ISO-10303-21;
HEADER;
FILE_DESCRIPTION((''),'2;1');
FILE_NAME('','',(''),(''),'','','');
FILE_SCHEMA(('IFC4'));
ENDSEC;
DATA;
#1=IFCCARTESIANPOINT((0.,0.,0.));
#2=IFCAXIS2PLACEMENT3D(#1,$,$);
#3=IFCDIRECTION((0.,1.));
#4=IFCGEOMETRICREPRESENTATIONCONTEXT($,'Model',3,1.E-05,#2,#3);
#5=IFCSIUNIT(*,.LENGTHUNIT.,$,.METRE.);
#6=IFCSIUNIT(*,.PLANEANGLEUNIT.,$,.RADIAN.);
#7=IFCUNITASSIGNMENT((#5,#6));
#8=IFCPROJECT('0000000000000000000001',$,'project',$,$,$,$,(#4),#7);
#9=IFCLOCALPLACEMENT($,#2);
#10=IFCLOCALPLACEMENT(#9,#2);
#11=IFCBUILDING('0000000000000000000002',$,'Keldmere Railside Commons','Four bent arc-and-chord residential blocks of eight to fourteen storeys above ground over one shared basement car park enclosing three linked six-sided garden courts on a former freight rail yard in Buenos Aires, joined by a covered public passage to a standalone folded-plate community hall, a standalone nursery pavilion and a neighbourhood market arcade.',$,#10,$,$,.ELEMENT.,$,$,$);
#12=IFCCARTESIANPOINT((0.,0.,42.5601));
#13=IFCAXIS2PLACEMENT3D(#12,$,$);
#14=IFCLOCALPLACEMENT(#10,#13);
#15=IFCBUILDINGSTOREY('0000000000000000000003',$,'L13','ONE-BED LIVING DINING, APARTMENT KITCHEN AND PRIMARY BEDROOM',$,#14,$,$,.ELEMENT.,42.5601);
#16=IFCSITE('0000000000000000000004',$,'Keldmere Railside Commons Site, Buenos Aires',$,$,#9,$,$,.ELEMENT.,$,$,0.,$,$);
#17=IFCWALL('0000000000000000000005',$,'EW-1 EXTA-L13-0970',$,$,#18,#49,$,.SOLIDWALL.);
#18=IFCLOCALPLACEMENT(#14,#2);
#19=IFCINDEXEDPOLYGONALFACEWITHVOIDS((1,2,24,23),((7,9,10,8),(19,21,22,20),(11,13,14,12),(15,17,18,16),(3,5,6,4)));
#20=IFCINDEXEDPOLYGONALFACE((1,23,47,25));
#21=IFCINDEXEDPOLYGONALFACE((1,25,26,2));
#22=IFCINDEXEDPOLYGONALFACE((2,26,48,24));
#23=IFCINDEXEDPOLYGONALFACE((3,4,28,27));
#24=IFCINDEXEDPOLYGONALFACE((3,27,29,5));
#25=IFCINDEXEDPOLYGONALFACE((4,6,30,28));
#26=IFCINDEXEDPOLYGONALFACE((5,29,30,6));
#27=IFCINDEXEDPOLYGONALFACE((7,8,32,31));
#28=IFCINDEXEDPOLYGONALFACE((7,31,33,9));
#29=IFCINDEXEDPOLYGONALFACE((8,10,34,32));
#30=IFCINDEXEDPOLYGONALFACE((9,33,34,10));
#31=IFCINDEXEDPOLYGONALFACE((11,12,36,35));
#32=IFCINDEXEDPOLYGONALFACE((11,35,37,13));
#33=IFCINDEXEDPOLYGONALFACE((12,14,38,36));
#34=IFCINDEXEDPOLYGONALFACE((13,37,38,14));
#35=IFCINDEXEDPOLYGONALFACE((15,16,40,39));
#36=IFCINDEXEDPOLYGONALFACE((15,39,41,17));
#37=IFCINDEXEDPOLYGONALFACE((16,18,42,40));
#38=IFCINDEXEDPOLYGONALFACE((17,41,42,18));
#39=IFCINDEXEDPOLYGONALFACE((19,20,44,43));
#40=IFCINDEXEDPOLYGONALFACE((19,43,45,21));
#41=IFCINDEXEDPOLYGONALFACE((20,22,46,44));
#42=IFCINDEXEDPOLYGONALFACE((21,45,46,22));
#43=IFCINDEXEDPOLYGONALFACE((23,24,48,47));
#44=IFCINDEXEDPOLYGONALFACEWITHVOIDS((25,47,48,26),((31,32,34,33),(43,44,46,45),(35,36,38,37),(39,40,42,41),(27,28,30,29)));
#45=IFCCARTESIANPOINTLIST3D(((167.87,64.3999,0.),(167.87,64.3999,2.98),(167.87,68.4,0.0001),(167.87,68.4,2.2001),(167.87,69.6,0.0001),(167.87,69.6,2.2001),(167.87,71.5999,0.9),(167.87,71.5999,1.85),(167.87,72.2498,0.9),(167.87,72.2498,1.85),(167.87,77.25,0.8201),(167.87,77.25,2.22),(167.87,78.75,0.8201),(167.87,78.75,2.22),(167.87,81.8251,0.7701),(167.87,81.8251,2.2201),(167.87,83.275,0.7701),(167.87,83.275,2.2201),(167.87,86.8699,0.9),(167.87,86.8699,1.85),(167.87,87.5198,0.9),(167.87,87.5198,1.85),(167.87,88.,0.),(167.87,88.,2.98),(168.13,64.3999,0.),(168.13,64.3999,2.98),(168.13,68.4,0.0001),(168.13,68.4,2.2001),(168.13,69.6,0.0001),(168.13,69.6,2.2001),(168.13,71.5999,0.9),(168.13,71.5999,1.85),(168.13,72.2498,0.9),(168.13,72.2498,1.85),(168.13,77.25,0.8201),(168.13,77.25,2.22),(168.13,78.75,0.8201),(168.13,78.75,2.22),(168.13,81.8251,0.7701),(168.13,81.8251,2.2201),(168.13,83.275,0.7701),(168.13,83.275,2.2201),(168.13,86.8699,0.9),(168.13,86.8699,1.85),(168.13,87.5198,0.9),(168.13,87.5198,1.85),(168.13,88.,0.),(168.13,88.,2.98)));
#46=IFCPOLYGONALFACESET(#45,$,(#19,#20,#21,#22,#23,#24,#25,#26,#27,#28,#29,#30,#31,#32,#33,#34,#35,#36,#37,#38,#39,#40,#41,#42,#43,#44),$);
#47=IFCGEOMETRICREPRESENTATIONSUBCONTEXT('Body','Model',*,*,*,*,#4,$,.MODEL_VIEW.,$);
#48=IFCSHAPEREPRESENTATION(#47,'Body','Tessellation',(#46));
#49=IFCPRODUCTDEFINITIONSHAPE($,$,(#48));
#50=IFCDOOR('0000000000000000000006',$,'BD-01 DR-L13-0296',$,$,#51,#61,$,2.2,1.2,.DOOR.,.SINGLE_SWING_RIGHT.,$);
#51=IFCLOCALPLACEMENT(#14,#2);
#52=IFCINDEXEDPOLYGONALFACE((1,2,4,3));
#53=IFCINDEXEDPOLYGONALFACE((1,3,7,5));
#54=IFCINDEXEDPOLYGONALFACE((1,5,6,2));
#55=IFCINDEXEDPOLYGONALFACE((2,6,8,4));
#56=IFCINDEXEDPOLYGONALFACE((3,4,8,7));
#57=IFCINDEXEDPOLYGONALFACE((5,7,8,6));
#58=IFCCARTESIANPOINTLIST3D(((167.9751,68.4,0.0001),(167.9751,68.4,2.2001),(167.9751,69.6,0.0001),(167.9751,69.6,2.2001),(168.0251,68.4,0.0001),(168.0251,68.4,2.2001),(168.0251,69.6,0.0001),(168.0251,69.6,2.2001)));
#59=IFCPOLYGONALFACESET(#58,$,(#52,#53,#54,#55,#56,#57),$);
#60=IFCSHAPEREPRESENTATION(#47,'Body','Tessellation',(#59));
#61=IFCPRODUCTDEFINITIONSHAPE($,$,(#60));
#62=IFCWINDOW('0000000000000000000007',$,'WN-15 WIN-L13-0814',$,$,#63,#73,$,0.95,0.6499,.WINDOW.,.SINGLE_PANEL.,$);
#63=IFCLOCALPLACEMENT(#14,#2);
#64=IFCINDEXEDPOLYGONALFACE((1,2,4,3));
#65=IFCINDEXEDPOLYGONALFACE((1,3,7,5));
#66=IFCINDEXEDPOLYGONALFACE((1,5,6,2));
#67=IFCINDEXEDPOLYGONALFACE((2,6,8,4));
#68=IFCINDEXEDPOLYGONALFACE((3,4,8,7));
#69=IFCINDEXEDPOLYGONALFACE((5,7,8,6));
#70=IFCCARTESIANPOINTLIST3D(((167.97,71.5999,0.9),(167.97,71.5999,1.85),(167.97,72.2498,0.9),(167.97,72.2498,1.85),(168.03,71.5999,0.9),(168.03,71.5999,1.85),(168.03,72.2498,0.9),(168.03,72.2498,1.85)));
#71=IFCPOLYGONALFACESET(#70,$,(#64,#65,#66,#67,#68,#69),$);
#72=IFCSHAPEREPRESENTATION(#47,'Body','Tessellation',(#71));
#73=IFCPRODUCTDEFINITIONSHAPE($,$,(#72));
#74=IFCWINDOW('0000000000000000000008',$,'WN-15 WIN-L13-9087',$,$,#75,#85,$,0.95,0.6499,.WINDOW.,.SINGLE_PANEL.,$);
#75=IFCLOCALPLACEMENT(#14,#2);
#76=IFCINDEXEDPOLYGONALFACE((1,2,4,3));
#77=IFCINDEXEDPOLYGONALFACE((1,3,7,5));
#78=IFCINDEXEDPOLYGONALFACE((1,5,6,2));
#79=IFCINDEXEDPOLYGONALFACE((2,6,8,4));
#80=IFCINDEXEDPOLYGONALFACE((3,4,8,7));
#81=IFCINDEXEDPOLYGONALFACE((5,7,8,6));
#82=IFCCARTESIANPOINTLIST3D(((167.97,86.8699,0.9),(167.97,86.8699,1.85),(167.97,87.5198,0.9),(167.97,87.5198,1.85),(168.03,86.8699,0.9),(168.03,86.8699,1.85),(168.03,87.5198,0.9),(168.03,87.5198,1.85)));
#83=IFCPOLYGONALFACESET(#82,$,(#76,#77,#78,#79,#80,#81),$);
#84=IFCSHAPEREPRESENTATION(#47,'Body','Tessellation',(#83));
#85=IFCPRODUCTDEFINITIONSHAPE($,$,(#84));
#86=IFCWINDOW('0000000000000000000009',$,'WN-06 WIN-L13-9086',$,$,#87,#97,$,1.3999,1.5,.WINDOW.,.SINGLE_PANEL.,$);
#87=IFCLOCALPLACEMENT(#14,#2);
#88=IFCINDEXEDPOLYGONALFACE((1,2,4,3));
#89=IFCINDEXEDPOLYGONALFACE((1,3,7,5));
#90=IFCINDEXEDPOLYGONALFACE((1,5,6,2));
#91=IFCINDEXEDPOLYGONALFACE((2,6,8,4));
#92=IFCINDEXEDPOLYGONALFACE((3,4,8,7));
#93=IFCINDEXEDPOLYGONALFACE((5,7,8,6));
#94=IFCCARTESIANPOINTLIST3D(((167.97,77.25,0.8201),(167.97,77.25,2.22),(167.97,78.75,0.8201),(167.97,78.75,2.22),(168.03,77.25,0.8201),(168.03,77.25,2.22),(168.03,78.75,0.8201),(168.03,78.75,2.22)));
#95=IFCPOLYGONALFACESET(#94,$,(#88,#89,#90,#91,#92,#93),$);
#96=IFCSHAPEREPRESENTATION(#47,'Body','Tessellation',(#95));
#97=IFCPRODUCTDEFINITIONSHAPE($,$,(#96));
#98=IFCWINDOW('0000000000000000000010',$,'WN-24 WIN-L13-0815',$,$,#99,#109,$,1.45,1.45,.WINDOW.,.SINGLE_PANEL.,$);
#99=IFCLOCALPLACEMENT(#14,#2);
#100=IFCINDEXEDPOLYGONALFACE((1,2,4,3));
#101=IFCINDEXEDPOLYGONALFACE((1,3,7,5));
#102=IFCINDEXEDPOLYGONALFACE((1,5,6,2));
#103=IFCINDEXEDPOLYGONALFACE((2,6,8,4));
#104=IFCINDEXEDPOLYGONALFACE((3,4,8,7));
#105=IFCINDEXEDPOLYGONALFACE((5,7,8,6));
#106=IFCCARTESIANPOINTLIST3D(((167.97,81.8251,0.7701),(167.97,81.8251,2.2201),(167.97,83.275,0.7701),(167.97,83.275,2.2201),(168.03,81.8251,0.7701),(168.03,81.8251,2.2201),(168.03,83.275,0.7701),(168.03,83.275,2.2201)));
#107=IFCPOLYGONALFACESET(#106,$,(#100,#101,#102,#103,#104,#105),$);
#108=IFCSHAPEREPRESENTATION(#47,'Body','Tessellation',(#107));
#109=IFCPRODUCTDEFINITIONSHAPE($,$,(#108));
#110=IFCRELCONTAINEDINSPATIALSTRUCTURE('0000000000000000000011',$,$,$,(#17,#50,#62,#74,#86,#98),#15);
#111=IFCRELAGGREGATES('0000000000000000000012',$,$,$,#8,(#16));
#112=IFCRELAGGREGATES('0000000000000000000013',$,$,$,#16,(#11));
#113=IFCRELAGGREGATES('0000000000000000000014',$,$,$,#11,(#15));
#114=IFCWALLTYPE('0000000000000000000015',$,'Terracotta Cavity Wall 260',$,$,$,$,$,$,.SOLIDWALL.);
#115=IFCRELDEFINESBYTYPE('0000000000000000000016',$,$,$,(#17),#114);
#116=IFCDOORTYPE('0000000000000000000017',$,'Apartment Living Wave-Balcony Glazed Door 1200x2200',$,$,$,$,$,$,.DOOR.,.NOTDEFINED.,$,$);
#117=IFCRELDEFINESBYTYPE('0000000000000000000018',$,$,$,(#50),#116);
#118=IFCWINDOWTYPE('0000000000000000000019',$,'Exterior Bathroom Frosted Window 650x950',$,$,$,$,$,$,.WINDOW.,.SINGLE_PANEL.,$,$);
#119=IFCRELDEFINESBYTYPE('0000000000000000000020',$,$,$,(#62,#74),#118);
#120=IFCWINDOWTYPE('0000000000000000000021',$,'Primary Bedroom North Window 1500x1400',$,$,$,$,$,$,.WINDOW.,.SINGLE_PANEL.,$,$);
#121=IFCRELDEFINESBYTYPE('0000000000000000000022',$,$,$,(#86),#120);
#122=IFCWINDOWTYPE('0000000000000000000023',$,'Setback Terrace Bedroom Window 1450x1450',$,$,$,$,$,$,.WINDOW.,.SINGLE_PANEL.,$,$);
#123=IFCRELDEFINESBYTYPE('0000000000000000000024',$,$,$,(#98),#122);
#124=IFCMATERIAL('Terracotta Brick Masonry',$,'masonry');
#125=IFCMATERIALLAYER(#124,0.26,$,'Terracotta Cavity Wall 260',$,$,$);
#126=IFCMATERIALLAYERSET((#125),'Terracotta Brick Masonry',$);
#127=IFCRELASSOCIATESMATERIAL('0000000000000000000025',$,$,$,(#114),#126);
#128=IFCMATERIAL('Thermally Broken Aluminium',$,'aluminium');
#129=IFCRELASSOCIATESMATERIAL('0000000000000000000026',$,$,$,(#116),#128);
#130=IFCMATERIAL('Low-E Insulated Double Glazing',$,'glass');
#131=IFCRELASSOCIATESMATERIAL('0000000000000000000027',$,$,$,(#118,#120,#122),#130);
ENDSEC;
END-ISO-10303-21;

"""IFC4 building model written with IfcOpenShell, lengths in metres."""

from ifc_helpers import new_model, si_unit, direction, frame, frame_2d, origin, place, context, subcontext, project, spatial, rectangle, extrude, material, layer, layer_set, type_object, element, fill, save


model = new_model("IFC4")

# Units and contexts
model_context = context("Model", 3, precision=1e-05, world=origin(), true_north=direction((0.0, 1.0)))
body_context = subcontext(model_context, "Body", "Model", "MODEL_VIEW")
ifc_project = project(units=[si_unit("LENGTHUNIT", "METRE"), si_unit("PLANEANGLEUNIT", "RADIAN")], contexts=[model_context])

# Site, building, storey
site_placement = place(None, origin())
site = spatial("IfcSite", under=ifc_project, at=site_placement, Name="Keldmere Railside Commons Site, Buenos Aires", CompositionType="ELEMENT", RefElevation=0.0)
building_placement = place(site_placement, origin())
building = spatial("IfcBuilding", under=site, at=building_placement, Name="Keldmere Railside Commons", Description="Four bent arc-and-chord residential blocks of eight to fourteen storeys above ground over one shared basement car park enclosing three linked six-sided garden courts on a former freight rail yard in Buenos Aires, joined by a covered public passage to a standalone folded-plate community hall, a standalone nursery pavilion and a neighbourhood market arcade.", CompositionType="ELEMENT")
storey_placement = place(building_placement, frame((0.0, 0.0, 42.5601)))
storey = spatial("IfcBuildingStorey", under=building, at=storey_placement, Name="L13", Description="ONE-BED LIVING DINING, APARTMENT KITCHEN AND PRIMARY BEDROOM", CompositionType="ELEMENT", Elevation=42.5601)

# Wall, openings, door, windows
ifc_material_1 = material(Name="Terracotta Brick Masonry", Category="masonry")
ifc_layer_1 = layer(ifc_material_1, 0.26, Name="Terracotta Cavity Wall 260")
ifc_layer_set_1 = layer_set([ifc_layer_1], Name="Terracotta Brick Masonry")
wall_type_1 = type_object("IfcWallType", Name="Terracotta Cavity Wall 260", PredefinedType="SOLIDWALL", material=ifc_layer_set_1)
wall_1_placement = place(storey_placement, frame((168.0, 64.3999, 0.0), z_axis=(0.0, 0.0, 1.0), x_axis=(0.0, 1.0, 0.0)))
wall_1 = element("IfcWall", 1, at=wall_1_placement, inside=storey, type_object=wall_type_1, Name="EW-1 EXTA-L13-0970", PredefinedType="SOLIDWALL", context=body_context, shape_type="SweptSolid", body=[
    extrude(rectangle(XDim=23.6001, YDim=0.26, at=frame_2d((11.8, 0.0))), origin(), (0.0, 0.0, 1.0), 2.98),
])
opening_1_placement = place(wall_1_placement, frame((4.0, 0.0, 0.0)))
opening_1 = element("IfcOpeningElement", 2, at=opening_1_placement, cuts=wall_1, PredefinedType="OPENING", context=body_context, shape_type="SweptSolid", body=[
    extrude(rectangle(XDim=1.2, YDim=2.2, at=frame_2d((0.6001, 1.1001))), frame((0.0, 0.1399, 0.0), z_axis=(0.0, -1.0, 0.0), x_axis=(1.0, 0.0, 0.0)), (0.0, 0.0, 1.0), 0.28),
])
opening_2_placement = place(wall_1_placement, frame((7.2, 0.0, 0.8999)))
opening_2 = element("IfcOpeningElement", 3, at=opening_2_placement, cuts=wall_1, PredefinedType="OPENING", context=body_context, shape_type="SweptSolid", body=[
    extrude(rectangle(XDim=0.6499, YDim=0.95, at=frame_2d((0.325, 0.4751))), frame((0.0, 0.1399, 0.0), z_axis=(0.0, -1.0, 0.0), x_axis=(1.0, 0.0, 0.0)), (0.0, 0.0, 1.0), 0.28),
])
opening_3_placement = place(wall_1_placement, frame((17.425, 0.0, 0.77)))
opening_3 = element("IfcOpeningElement", 4, at=opening_3_placement, cuts=wall_1, PredefinedType="OPENING", context=body_context, shape_type="SweptSolid", body=[
    extrude(rectangle(XDim=1.45, YDim=1.45, at=frame_2d((0.7251, 0.7251))), frame((0.0, 0.1399, 0.0), z_axis=(0.0, -1.0, 0.0), x_axis=(1.0, 0.0, 0.0)), (0.0, 0.0, 1.0), 0.28),
])
opening_4_placement = place(wall_1_placement, frame((12.8501, 0.0, 0.8201)))
opening_4 = element("IfcOpeningElement", 5, at=opening_4_placement, cuts=wall_1, PredefinedType="OPENING", context=body_context, shape_type="SweptSolid", body=[
    extrude(rectangle(XDim=1.5, YDim=1.3999, at=frame_2d((0.75, 0.7))), frame((0.0, 0.1399, 0.0), z_axis=(0.0, -1.0, 0.0), x_axis=(1.0, 0.0, 0.0)), (0.0, 0.0, 1.0), 0.28),
])
opening_5_placement = place(wall_1_placement, frame((22.47, 0.0, 0.8999)))
opening_5 = element("IfcOpeningElement", 6, at=opening_5_placement, cuts=wall_1, PredefinedType="OPENING", context=body_context, shape_type="SweptSolid", body=[
    extrude(rectangle(XDim=0.6499, YDim=0.95, at=frame_2d((0.325, 0.4751))), frame((0.0, 0.1399, 0.0), z_axis=(0.0, -1.0, 0.0), x_axis=(1.0, 0.0, 0.0)), (0.0, 0.0, 1.0), 0.28),
])
ifc_material_2 = material(Name="Thermally Broken Aluminium", Category="aluminium")
door_type_1 = type_object("IfcDoorType", Name="Apartment Living Wave-Balcony Glazed Door 1200x2200", OperationType="NOTDEFINED", PredefinedType="DOOR", material=ifc_material_2)
door_1_placement = place(opening_1_placement, origin())
door_1 = element("IfcDoor", 7, at=door_1_placement, inside=storey, type_object=door_type_1, Name="BD-01 DR-L13-0296", OperationType="SINGLE_SWING_RIGHT", OverallHeight=2.2, OverallWidth=1.2, PredefinedType="DOOR", context=body_context, shape_type="SweptSolid", body=[
    extrude(rectangle(XDim=1.2, YDim=2.2, at=frame_2d((0.6001, 1.1001))), frame((0.0, 0.0249, 0.0), z_axis=(0.0, -1.0, 0.0), x_axis=(1.0, 0.0, 0.0)), (0.0, 0.0, 1.0), 0.05),
])
fill(opening_1, door_1)
ifc_material_3 = material(Name="Low-E Insulated Double Glazing", Category="glass")
window_type_1 = type_object("IfcWindowType", Name="Exterior Bathroom Frosted Window 650x950", PartitioningType="SINGLE_PANEL", PredefinedType="WINDOW", material=ifc_material_3)
window_1_placement = place(opening_2_placement, origin())
window_1 = element("IfcWindow", 8, at=window_1_placement, inside=storey, type_object=window_type_1, Name="WN-15 WIN-L13-0814", OverallHeight=0.95, OverallWidth=0.6499, PartitioningType="SINGLE_PANEL", PredefinedType="WINDOW", context=body_context, shape_type="SweptSolid", body=[
    extrude(rectangle(XDim=0.6499, YDim=0.95, at=frame_2d((0.325, 0.4751))), frame((0.0, 0.03, 0.0), z_axis=(0.0, -1.0, 0.0), x_axis=(1.0, 0.0, 0.0)), (0.0, 0.0, 1.0), 0.0601),
])
fill(opening_2, window_1)
window_2_placement = place(opening_5_placement, origin())
window_2 = element("IfcWindow", 9, at=window_2_placement, inside=storey, type_object=window_type_1, Name="WN-15 WIN-L13-9087", OverallHeight=0.95, OverallWidth=0.6499, PartitioningType="SINGLE_PANEL", PredefinedType="WINDOW", context=body_context, shape_type="SweptSolid", body=[
    extrude(rectangle(XDim=0.6499, YDim=0.95, at=frame_2d((0.325, 0.4751))), frame((0.0, 0.03, 0.0), z_axis=(0.0, -1.0, 0.0), x_axis=(1.0, 0.0, 0.0)), (0.0, 0.0, 1.0), 0.0601),
])
fill(opening_5, window_2)
window_type_2 = type_object("IfcWindowType", Name="Primary Bedroom North Window 1500x1400", PartitioningType="SINGLE_PANEL", PredefinedType="WINDOW", material=ifc_material_3)
window_3_placement = place(opening_4_placement, origin())
window_3 = element("IfcWindow", 10, at=window_3_placement, inside=storey, type_object=window_type_2, Name="WN-06 WIN-L13-9086", OverallHeight=1.3999, OverallWidth=1.5, PartitioningType="SINGLE_PANEL", PredefinedType="WINDOW", context=body_context, shape_type="SweptSolid", body=[
    extrude(rectangle(XDim=1.5, YDim=1.3999, at=frame_2d((0.75, 0.7))), frame((0.0, 0.03, 0.0), z_axis=(0.0, -1.0, 0.0), x_axis=(1.0, 0.0, 0.0)), (0.0, 0.0, 1.0), 0.0601),
])
fill(opening_4, window_3)
window_type_3 = type_object("IfcWindowType", Name="Setback Terrace Bedroom Window 1450x1450", PartitioningType="SINGLE_PANEL", PredefinedType="WINDOW", material=ifc_material_3)
window_4_placement = place(opening_3_placement, origin())
window_4 = element("IfcWindow", 11, at=window_4_placement, inside=storey, type_object=window_type_3, Name="WN-24 WIN-L13-0815", OverallHeight=1.45, OverallWidth=1.45, PartitioningType="SINGLE_PANEL", PredefinedType="WINDOW", context=body_context, shape_type="SweptSolid", body=[
    extrude(rectangle(XDim=1.45, YDim=1.45, at=frame_2d((0.7251, 0.7251))), frame((0.0, 0.03, 0.0), z_axis=(0.0, -1.0, 0.0), x_axis=(1.0, 0.0, 0.0)), (0.0, 0.0, 1.0), 0.0601),
])
fill(opening_3, window_4)

save(model, "model.ifc")
